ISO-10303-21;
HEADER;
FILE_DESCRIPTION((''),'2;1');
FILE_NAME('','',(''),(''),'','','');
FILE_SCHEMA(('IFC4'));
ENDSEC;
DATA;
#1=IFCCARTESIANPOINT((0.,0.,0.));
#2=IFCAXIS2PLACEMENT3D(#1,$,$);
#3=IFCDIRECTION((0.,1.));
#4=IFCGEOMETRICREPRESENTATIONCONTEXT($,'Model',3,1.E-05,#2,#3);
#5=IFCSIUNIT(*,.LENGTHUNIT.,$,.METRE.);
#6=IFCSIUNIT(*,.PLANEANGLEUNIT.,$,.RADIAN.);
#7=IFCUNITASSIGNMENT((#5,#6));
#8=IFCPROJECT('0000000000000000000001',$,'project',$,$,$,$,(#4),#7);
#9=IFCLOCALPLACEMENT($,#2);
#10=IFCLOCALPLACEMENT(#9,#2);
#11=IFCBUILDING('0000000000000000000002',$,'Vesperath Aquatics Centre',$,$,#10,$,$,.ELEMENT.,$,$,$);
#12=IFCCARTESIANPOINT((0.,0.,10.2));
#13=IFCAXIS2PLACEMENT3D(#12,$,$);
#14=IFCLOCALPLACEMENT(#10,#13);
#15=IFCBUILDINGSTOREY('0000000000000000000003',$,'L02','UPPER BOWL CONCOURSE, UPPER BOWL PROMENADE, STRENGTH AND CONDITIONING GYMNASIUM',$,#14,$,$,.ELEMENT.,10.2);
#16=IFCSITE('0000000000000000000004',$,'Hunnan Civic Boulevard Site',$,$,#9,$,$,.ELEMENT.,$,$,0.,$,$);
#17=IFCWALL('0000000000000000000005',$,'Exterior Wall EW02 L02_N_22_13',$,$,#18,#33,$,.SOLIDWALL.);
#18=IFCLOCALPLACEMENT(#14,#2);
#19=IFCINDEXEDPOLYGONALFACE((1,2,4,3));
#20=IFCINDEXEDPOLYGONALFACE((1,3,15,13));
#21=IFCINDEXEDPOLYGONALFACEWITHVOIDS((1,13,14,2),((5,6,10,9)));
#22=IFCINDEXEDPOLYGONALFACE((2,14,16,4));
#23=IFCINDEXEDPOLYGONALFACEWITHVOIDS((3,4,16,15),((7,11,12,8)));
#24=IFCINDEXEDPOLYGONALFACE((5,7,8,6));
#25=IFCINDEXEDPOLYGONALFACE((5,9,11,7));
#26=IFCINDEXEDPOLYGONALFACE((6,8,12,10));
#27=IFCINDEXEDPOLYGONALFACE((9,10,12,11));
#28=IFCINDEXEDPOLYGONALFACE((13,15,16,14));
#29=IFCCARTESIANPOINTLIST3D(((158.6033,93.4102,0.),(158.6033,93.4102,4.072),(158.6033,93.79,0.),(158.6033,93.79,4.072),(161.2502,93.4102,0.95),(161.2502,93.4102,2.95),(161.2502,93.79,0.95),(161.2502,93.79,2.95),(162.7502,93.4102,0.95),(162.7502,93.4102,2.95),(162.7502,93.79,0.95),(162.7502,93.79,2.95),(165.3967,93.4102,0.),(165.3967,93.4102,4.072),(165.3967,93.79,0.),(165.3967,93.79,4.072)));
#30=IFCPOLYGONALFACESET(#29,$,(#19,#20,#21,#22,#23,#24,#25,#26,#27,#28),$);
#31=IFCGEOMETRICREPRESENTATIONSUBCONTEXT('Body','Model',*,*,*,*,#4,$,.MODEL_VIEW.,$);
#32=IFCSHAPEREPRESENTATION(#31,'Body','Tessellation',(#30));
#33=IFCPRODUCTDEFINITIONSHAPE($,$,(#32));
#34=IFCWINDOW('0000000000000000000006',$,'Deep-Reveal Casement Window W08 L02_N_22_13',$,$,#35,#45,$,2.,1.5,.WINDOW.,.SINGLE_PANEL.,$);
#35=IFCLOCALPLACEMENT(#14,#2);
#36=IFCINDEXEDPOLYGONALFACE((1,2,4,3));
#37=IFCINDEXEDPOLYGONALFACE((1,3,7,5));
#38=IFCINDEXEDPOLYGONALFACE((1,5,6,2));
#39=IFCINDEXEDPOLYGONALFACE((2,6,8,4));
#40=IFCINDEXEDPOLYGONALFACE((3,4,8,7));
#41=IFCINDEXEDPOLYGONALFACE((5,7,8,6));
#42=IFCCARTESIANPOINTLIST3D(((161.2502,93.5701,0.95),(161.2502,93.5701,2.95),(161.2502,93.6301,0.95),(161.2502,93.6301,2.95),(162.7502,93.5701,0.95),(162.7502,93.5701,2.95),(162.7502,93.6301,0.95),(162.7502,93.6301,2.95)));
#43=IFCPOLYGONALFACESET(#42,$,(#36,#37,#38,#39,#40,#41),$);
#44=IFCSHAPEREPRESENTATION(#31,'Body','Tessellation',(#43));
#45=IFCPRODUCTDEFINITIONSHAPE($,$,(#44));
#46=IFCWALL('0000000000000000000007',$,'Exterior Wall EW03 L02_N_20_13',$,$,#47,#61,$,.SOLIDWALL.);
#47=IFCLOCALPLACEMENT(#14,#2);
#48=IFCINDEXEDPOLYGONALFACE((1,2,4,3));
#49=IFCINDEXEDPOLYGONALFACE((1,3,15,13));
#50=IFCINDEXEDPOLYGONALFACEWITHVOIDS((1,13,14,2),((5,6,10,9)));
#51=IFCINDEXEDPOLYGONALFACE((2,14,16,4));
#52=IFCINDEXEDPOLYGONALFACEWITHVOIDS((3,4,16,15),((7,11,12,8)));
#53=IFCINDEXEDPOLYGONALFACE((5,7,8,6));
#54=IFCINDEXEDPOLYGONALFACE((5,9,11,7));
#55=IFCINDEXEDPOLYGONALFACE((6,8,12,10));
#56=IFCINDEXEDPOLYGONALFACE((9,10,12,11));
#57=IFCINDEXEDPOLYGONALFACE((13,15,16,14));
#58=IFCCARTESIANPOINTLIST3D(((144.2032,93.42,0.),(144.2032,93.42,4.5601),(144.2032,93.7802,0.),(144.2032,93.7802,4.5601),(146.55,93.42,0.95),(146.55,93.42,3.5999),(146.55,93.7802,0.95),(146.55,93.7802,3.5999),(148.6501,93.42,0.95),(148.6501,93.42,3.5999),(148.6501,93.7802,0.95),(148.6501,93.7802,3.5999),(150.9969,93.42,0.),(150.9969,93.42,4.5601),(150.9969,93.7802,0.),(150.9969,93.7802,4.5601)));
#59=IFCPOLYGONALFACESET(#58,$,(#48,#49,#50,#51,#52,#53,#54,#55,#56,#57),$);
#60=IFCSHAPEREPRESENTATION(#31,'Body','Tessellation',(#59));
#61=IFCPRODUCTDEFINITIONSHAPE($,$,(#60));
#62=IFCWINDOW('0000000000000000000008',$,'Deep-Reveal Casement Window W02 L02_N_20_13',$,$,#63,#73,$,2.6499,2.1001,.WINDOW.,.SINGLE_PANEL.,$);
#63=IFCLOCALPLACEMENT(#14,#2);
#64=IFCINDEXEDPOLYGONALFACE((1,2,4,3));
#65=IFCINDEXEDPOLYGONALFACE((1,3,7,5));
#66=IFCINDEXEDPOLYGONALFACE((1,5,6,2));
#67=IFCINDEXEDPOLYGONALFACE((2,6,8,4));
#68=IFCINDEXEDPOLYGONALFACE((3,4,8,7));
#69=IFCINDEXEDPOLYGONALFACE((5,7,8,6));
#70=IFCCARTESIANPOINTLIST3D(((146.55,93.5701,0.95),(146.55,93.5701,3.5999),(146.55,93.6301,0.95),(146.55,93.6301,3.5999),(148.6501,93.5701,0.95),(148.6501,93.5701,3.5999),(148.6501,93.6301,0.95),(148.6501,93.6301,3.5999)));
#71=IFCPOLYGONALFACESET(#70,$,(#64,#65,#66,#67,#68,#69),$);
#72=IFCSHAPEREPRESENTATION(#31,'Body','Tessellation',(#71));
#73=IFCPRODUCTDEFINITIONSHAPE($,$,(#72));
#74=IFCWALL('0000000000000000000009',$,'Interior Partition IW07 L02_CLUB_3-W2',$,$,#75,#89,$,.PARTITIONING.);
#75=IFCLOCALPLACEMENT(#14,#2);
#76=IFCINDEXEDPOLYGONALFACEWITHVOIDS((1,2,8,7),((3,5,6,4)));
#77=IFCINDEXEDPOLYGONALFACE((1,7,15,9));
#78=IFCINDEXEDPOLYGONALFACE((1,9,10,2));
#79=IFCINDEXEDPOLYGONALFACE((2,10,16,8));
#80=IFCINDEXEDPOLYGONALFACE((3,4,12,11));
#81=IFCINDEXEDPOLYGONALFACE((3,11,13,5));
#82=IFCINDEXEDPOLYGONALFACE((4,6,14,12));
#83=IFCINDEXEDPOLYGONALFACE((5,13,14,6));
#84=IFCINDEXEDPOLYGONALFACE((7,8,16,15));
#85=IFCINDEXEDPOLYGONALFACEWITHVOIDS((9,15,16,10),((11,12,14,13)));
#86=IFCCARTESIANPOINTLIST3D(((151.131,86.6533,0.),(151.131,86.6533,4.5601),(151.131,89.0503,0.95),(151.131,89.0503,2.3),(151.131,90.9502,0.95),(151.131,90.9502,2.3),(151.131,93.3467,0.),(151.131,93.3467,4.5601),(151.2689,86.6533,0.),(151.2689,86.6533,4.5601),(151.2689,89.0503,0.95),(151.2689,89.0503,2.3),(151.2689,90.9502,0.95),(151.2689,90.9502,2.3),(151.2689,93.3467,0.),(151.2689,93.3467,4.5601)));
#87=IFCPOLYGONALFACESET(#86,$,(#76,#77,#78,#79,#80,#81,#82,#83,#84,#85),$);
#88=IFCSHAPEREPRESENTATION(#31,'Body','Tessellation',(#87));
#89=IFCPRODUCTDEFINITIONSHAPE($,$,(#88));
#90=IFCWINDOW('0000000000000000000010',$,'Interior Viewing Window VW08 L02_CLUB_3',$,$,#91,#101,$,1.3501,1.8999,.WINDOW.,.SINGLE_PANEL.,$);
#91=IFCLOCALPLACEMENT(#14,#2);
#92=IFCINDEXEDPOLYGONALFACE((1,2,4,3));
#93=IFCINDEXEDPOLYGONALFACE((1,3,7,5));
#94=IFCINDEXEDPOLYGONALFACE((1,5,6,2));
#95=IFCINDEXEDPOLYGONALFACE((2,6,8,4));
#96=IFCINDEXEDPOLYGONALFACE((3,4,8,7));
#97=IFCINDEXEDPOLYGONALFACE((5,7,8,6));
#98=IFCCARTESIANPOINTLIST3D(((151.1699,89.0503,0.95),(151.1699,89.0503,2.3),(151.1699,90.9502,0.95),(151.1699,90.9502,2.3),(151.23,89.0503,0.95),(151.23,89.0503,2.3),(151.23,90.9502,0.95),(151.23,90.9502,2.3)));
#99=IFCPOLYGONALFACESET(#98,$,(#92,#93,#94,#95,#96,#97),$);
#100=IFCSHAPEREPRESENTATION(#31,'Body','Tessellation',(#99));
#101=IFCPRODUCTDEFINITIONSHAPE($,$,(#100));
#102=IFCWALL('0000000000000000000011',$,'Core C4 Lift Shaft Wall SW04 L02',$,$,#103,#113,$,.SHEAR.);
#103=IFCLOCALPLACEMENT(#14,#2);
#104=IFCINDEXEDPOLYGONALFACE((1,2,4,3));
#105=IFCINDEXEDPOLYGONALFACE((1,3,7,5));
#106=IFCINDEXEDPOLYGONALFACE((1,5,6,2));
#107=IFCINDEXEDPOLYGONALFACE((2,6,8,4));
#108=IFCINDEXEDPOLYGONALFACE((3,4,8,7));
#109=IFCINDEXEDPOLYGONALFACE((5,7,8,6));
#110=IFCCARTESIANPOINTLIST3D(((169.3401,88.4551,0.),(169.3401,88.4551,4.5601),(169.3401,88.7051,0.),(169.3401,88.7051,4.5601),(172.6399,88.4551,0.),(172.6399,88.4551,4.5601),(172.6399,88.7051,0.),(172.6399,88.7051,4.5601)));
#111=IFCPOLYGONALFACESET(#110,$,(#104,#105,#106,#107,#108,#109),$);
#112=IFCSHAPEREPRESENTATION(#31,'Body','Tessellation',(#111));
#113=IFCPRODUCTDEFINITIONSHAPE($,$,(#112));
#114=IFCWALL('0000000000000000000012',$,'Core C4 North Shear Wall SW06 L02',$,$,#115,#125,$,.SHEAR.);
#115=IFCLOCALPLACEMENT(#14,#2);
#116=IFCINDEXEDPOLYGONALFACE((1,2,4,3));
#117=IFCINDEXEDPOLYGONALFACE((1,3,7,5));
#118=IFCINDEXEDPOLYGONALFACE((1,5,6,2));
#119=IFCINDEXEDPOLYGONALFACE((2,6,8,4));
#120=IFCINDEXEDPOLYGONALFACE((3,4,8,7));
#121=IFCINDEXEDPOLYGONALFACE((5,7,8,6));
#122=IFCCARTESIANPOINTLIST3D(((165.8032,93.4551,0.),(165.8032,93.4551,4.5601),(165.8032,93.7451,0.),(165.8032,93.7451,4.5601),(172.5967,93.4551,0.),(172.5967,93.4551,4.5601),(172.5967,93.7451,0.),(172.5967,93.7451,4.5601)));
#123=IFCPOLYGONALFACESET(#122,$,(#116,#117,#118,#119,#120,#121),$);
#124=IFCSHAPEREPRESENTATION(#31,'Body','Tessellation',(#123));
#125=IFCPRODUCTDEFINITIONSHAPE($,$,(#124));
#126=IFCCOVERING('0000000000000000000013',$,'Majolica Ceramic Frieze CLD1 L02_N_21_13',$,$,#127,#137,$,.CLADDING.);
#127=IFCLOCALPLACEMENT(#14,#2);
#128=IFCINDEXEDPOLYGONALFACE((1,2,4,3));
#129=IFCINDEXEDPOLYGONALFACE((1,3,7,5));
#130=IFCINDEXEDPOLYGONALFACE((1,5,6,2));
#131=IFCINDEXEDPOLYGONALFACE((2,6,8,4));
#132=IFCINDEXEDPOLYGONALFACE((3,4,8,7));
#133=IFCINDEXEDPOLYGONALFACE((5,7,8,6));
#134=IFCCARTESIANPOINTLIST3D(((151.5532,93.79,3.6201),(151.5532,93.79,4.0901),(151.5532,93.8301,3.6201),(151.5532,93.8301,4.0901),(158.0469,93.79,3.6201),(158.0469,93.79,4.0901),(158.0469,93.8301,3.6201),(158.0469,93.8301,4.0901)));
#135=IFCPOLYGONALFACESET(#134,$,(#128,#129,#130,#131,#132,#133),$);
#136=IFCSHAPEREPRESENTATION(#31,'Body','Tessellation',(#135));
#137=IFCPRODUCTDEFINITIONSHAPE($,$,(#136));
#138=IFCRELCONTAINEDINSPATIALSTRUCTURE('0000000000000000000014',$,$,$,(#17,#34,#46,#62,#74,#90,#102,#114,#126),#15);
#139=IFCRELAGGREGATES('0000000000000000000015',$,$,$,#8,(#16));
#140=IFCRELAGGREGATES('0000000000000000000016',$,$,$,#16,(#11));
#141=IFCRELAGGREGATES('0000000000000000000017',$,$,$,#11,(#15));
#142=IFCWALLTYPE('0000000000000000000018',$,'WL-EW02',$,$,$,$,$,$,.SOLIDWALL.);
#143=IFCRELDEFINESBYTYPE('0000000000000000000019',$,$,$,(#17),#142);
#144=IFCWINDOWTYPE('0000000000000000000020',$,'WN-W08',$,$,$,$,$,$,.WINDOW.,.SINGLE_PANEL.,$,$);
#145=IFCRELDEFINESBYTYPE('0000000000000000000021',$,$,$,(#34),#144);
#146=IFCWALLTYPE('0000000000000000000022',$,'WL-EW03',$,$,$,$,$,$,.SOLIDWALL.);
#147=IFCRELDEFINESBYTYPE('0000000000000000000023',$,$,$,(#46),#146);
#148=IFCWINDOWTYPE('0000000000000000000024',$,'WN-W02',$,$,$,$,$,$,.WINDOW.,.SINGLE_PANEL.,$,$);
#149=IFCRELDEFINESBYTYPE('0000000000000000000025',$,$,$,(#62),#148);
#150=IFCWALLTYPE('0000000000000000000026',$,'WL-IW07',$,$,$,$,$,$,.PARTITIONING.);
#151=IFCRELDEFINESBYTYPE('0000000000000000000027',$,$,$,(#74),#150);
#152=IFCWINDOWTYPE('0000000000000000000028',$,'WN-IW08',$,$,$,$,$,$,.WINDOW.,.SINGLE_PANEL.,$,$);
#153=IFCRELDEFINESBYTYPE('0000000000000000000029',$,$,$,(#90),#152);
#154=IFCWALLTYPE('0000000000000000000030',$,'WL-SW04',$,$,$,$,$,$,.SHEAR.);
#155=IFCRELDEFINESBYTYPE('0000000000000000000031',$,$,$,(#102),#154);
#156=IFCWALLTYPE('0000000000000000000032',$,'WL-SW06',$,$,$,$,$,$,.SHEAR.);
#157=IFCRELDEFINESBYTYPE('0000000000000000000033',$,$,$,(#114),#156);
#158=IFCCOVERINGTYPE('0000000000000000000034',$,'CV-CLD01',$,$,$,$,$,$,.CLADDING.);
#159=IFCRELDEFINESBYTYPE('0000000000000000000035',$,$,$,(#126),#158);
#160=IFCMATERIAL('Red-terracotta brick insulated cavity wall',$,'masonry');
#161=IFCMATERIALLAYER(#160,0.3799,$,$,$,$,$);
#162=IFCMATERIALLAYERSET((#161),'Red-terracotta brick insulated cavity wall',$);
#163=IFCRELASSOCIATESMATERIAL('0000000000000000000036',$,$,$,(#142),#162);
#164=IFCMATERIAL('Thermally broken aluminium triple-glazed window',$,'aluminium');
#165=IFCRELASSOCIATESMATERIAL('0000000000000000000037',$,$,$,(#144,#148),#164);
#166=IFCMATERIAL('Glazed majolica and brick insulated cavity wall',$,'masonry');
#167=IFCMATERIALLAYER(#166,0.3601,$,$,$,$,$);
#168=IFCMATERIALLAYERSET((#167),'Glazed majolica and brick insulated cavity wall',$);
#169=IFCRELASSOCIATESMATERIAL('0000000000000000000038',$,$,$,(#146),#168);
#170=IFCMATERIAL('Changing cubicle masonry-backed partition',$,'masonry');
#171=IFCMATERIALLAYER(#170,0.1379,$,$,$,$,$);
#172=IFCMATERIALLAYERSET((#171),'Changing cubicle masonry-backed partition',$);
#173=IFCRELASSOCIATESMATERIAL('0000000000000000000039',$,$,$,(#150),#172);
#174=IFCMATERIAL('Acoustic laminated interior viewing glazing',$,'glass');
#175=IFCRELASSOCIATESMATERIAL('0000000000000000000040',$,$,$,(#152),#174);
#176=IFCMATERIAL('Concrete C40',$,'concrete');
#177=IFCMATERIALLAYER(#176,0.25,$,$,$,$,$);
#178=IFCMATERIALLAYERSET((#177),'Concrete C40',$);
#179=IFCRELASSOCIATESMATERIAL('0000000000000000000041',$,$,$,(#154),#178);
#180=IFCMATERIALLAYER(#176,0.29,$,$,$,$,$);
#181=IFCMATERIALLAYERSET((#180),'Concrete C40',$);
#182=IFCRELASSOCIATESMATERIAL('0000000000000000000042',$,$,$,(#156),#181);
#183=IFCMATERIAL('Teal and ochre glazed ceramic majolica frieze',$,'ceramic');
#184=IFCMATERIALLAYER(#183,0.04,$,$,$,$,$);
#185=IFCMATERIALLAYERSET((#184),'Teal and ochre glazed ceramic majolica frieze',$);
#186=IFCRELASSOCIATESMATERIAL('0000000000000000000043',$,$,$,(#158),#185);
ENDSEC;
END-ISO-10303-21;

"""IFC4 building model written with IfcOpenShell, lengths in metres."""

from ifc_helpers import new_model, si_unit, direction, frame, frame_2d, origin, place, context, subcontext, project, spatial, rectangle, extrude, material, layer, layer_set, type_object, element, fill, save


model = new_model("IFC4")

# Units and contexts
model_context = context("Model", 3, precision=1e-05, world=origin(), true_north=direction((0.0, 1.0)))
body_context = subcontext(model_context, "Body", "Model", "MODEL_VIEW")
ifc_project = project(units=[si_unit("LENGTHUNIT", "METRE"), si_unit("PLANEANGLEUNIT", "RADIAN")], contexts=[model_context])

# Site, building, storey
site_placement = place(None, origin())
site = spatial("IfcSite", under=ifc_project, at=site_placement, Name="Hunnan Civic Boulevard Site", CompositionType="ELEMENT", RefElevation=0.0)
building_placement = place(site_placement, origin())
building = spatial("IfcBuilding", under=site, at=building_placement, Name="Vesperath Aquatics Centre", CompositionType="ELEMENT")
storey_placement = place(building_placement, frame((0.0, 0.0, 10.2)))
storey = spatial("IfcBuildingStorey", under=building, at=storey_placement, Name="L02", Description="UPPER BOWL CONCOURSE, UPPER BOWL PROMENADE, STRENGTH AND CONDITIONING GYMNASIUM", CompositionType="ELEMENT", Elevation=10.2)

# Walls, openings, windows
ifc_material_1 = material(Name="Red-terracotta brick insulated cavity wall", Category="masonry")
ifc_layer_1 = layer(ifc_material_1, 0.3799)
ifc_layer_set_1 = layer_set([ifc_layer_1], Name="Red-terracotta brick insulated cavity wall")
wall_type_1 = type_object("IfcWallType", Name="WL-EW02", PredefinedType="SOLIDWALL", material=ifc_layer_set_1)
ifc_material_2 = material(Name="Thermally broken aluminium triple-glazed window", Category="aluminium")
wall_1_placement = place(storey_placement, frame((158.6033, 93.6001, 0.0), z_axis=(0.0, 0.0, 1.0), x_axis=(1.0, 0.0, 0.0)))
wall_1 = element("IfcWall", 1, at=wall_1_placement, inside=storey, type_object=wall_type_1, Name="Exterior Wall EW02 L02_N_22_13", PredefinedType="SOLIDWALL", context=body_context, shape_type="SweptSolid", body=[
    extrude(rectangle(XDim=6.7935, YDim=0.3799, at=frame_2d((3.3967, 0.0))), origin(), (0.0, 0.0, 1.0), 4.072),
])
opening_1_placement = place(wall_1_placement, frame((2.647, 0.0, 0.95)))
opening_1 = element("IfcOpeningElement", 2, at=opening_1_placement, cuts=wall_1, PredefinedType="OPENING", context=body_context, shape_type="SweptSolid", body=[
    extrude(rectangle(XDim=1.5, YDim=2.0, at=frame_2d((0.75, 1.0))), frame((0.0, 0.2048, 0.0), z_axis=(0.0, -1.0, 0.0), x_axis=(1.0, 0.0, 0.0)), (0.0, 0.0, 1.0), 0.4097),
])
window_type_1 = type_object("IfcWindowType", Name="WN-W08", PartitioningType="SINGLE_PANEL", PredefinedType="WINDOW", material=ifc_material_2)
window_1_placement = place(opening_1_placement, origin())
window_1 = element("IfcWindow", 3, at=window_1_placement, inside=storey, type_object=window_type_1, Name="Deep-Reveal Casement Window W08 L02_N_22_13", OverallHeight=2.0, OverallWidth=1.5, PartitioningType="SINGLE_PANEL", PredefinedType="WINDOW", context=body_context, shape_type="SweptSolid", body=[
    extrude(rectangle(XDim=1.5, YDim=2.0, at=frame_2d((0.75, 1.0))), frame((0.0, 0.03, 0.0), z_axis=(0.0, -1.0, 0.0), x_axis=(1.0, 0.0, 0.0)), (0.0, 0.0, 1.0), 0.0601),
])
fill(opening_1, window_1)
ifc_material_3 = material(Name="Glazed majolica and brick insulated cavity wall", Category="masonry")
ifc_layer_2 = layer(ifc_material_3, 0.3601)
ifc_layer_set_2 = layer_set([ifc_layer_2], Name="Glazed majolica and brick insulated cavity wall")
wall_type_2 = type_object("IfcWallType", Name="WL-EW03", PredefinedType="SOLIDWALL", material=ifc_layer_set_2)
wall_2_placement = place(storey_placement, frame((144.2031, 93.6001, 0.0), z_axis=(0.0, 0.0, 1.0), x_axis=(1.0, 0.0, 0.0)))
wall_2 = element("IfcWall", 4, at=wall_2_placement, inside=storey, type_object=wall_type_2, Name="Exterior Wall EW03 L02_N_20_13", PredefinedType="SOLIDWALL", context=body_context, shape_type="SweptSolid", body=[
    extrude(rectangle(XDim=6.7937, YDim=0.3601, at=frame_2d((3.397, 0.0))), origin(), (0.0, 0.0, 1.0), 4.5601),
])
opening_2_placement = place(wall_2_placement, frame((2.3469, 0.0, 0.95)))
opening_2 = element("IfcOpeningElement", 5, at=opening_2_placement, cuts=wall_2, PredefinedType="OPENING", context=body_context, shape_type="SweptSolid", body=[
    extrude(rectangle(XDim=2.1001, YDim=2.6499, at=frame_2d((1.05, 1.325))), frame((0.0, 0.1948, 0.0), z_axis=(0.0, -1.0, 0.0), x_axis=(1.0, 0.0, 0.0)), (0.0, 0.0, 1.0), 0.3899),
])
window_type_2 = type_object("IfcWindowType", Name="WN-W02", PartitioningType="SINGLE_PANEL", PredefinedType="WINDOW", material=ifc_material_2)
window_2_placement = place(opening_2_placement, origin())
window_2 = element("IfcWindow", 6, at=window_2_placement, inside=storey, type_object=window_type_2, Name="Deep-Reveal Casement Window W02 L02_N_20_13", OverallHeight=2.6499, OverallWidth=2.1001, PartitioningType="SINGLE_PANEL", PredefinedType="WINDOW", context=body_context, shape_type="SweptSolid", body=[
    extrude(rectangle(XDim=2.1001, YDim=2.6499, at=frame_2d((1.05, 1.325))), frame((0.0, 0.03, 0.0), z_axis=(0.0, -1.0, 0.0), x_axis=(1.0, 0.0, 0.0)), (0.0, 0.0, 1.0), 0.0601),
])
fill(opening_2, window_2)
ifc_material_4 = material(Name="Changing cubicle masonry-backed partition", Category="masonry")
ifc_layer_3 = layer(ifc_material_4, 0.1379)
ifc_layer_set_3 = layer_set([ifc_layer_3], Name="Changing cubicle masonry-backed partition")
wall_type_3 = type_object("IfcWallType", Name="WL-IW07", PredefinedType="PARTITIONING", material=ifc_layer_set_3)
wall_3_placement = place(storey_placement, frame((151.2, 86.6533, 0.0), z_axis=(0.0, 0.0, 1.0), x_axis=(0.0, 1.0, 0.0)))
wall_3 = element("IfcWall", 7, at=wall_3_placement, inside=storey, type_object=wall_type_3, Name="Interior Partition IW07 L02_CLUB_3-W2", PredefinedType="PARTITIONING", context=body_context, shape_type="SweptSolid", body=[
    extrude(rectangle(XDim=6.6934, YDim=0.1379, at=frame_2d((3.3467, 0.0))), origin(), (0.0, 0.0, 1.0), 4.5601),
])
opening_3_placement = place(wall_3_placement, frame((2.397, 0.0, 0.95)))
opening_3 = element("IfcOpeningElement", 8, at=opening_3_placement, cuts=wall_3, PredefinedType="OPENING", context=body_context, shape_type="SweptSolid", body=[
    extrude(rectangle(XDim=1.8999, YDim=1.3501, at=frame_2d((0.95, 0.675))), frame((0.0, 0.084, 0.0), z_axis=(0.0, -1.0, 0.0), x_axis=(1.0, 0.0, 0.0)), (0.0, 0.0, 1.0), 0.1677),
])
ifc_material_5 = material(Name="Acoustic laminated interior viewing glazing", Category="glass")
window_type_3 = type_object("IfcWindowType", Name="WN-IW08", PartitioningType="SINGLE_PANEL", PredefinedType="WINDOW", material=ifc_material_5)
window_3_placement = place(opening_3_placement, origin())
window_3 = element("IfcWindow", 9, at=window_3_placement, inside=storey, type_object=window_type_3, Name="Interior Viewing Window VW08 L02_CLUB_3", OverallHeight=1.3501, OverallWidth=1.8999, PartitioningType="SINGLE_PANEL", PredefinedType="WINDOW", context=body_context, shape_type="SweptSolid", body=[
    extrude(rectangle(XDim=1.8999, YDim=1.3501, at=frame_2d((0.95, 0.675))), frame((0.0, 0.03, 0.0), z_axis=(0.0, -1.0, 0.0), x_axis=(1.0, 0.0, 0.0)), (0.0, 0.0, 1.0), 0.0601),
])
fill(opening_3, window_3)

# Walls
ifc_material_6 = material(Name="Concrete C40", Category="concrete")
ifc_layer_4 = layer(ifc_material_6, 0.25)
ifc_layer_set_4 = layer_set([ifc_layer_4], Name="Concrete C40")
wall_type_4 = type_object("IfcWallType", Name="WL-SW04", PredefinedType="SHEAR", material=ifc_layer_set_4)
wall_4_placement = place(storey_placement, frame((169.3401, 88.5801, 0.0), z_axis=(0.0, 0.0, 1.0), x_axis=(1.0, 0.0, 0.0)))
element("IfcWall", 10, at=wall_4_placement, inside=storey, type_object=wall_type_4, Name="Core C4 Lift Shaft Wall SW04 L02", PredefinedType="SHEAR", context=body_context, shape_type="SweptSolid", body=[
    extrude(rectangle(XDim=3.2998, YDim=0.25, at=frame_2d((1.6499, 0.0))), origin(), (0.0, 0.0, 1.0), 4.5601),
])
ifc_layer_5 = layer(ifc_material_6, 0.29)
ifc_layer_set_5 = layer_set([ifc_layer_5], Name="Concrete C40")
wall_type_5 = type_object("IfcWallType", Name="WL-SW06", PredefinedType="SHEAR", material=ifc_layer_set_5)
wall_5_placement = place(storey_placement, frame((165.8032, 93.6001, 0.0), z_axis=(0.0, 0.0, 1.0), x_axis=(1.0, 0.0, 0.0)))
element("IfcWall", 11, at=wall_5_placement, inside=storey, type_object=wall_type_5, Name="Core C4 North Shear Wall SW06 L02", PredefinedType="SHEAR", context=body_context, shape_type="SweptSolid", body=[
    extrude(rectangle(XDim=6.7935, YDim=0.29, at=frame_2d((3.3967, 0.0))), origin(), (0.0, 0.0, 1.0), 4.5601),
])

# Covering
ifc_material_7 = material(Name="Teal and ochre glazed ceramic majolica frieze", Category="ceramic")
ifc_layer_6 = layer(ifc_material_7, 0.04)
ifc_layer_set_6 = layer_set([ifc_layer_6], Name="Teal and ochre glazed ceramic majolica frieze")
covering_type = type_object("IfcCoveringType", Name="CV-CLD01", PredefinedType="CLADDING", material=ifc_layer_set_6)
covering_placement = place(storey_placement, frame((151.5532, 93.8101, 3.6201), z_axis=(0.0, 0.0, 1.0), x_axis=(1.0, 0.0, 0.0)))
element("IfcCovering", 12, at=covering_placement, inside=storey, type_object=covering_type, Name="Majolica Ceramic Frieze CLD1 L02_N_21_13", PredefinedType="CLADDING", context=body_context, shape_type="SweptSolid", body=[
    extrude(rectangle(XDim=6.4937, YDim=0.04, at=frame_2d((3.2468, 0.0))), origin(), (0.0, 0.0, 1.0), 0.47),
])

save(model, "model.ifc")
